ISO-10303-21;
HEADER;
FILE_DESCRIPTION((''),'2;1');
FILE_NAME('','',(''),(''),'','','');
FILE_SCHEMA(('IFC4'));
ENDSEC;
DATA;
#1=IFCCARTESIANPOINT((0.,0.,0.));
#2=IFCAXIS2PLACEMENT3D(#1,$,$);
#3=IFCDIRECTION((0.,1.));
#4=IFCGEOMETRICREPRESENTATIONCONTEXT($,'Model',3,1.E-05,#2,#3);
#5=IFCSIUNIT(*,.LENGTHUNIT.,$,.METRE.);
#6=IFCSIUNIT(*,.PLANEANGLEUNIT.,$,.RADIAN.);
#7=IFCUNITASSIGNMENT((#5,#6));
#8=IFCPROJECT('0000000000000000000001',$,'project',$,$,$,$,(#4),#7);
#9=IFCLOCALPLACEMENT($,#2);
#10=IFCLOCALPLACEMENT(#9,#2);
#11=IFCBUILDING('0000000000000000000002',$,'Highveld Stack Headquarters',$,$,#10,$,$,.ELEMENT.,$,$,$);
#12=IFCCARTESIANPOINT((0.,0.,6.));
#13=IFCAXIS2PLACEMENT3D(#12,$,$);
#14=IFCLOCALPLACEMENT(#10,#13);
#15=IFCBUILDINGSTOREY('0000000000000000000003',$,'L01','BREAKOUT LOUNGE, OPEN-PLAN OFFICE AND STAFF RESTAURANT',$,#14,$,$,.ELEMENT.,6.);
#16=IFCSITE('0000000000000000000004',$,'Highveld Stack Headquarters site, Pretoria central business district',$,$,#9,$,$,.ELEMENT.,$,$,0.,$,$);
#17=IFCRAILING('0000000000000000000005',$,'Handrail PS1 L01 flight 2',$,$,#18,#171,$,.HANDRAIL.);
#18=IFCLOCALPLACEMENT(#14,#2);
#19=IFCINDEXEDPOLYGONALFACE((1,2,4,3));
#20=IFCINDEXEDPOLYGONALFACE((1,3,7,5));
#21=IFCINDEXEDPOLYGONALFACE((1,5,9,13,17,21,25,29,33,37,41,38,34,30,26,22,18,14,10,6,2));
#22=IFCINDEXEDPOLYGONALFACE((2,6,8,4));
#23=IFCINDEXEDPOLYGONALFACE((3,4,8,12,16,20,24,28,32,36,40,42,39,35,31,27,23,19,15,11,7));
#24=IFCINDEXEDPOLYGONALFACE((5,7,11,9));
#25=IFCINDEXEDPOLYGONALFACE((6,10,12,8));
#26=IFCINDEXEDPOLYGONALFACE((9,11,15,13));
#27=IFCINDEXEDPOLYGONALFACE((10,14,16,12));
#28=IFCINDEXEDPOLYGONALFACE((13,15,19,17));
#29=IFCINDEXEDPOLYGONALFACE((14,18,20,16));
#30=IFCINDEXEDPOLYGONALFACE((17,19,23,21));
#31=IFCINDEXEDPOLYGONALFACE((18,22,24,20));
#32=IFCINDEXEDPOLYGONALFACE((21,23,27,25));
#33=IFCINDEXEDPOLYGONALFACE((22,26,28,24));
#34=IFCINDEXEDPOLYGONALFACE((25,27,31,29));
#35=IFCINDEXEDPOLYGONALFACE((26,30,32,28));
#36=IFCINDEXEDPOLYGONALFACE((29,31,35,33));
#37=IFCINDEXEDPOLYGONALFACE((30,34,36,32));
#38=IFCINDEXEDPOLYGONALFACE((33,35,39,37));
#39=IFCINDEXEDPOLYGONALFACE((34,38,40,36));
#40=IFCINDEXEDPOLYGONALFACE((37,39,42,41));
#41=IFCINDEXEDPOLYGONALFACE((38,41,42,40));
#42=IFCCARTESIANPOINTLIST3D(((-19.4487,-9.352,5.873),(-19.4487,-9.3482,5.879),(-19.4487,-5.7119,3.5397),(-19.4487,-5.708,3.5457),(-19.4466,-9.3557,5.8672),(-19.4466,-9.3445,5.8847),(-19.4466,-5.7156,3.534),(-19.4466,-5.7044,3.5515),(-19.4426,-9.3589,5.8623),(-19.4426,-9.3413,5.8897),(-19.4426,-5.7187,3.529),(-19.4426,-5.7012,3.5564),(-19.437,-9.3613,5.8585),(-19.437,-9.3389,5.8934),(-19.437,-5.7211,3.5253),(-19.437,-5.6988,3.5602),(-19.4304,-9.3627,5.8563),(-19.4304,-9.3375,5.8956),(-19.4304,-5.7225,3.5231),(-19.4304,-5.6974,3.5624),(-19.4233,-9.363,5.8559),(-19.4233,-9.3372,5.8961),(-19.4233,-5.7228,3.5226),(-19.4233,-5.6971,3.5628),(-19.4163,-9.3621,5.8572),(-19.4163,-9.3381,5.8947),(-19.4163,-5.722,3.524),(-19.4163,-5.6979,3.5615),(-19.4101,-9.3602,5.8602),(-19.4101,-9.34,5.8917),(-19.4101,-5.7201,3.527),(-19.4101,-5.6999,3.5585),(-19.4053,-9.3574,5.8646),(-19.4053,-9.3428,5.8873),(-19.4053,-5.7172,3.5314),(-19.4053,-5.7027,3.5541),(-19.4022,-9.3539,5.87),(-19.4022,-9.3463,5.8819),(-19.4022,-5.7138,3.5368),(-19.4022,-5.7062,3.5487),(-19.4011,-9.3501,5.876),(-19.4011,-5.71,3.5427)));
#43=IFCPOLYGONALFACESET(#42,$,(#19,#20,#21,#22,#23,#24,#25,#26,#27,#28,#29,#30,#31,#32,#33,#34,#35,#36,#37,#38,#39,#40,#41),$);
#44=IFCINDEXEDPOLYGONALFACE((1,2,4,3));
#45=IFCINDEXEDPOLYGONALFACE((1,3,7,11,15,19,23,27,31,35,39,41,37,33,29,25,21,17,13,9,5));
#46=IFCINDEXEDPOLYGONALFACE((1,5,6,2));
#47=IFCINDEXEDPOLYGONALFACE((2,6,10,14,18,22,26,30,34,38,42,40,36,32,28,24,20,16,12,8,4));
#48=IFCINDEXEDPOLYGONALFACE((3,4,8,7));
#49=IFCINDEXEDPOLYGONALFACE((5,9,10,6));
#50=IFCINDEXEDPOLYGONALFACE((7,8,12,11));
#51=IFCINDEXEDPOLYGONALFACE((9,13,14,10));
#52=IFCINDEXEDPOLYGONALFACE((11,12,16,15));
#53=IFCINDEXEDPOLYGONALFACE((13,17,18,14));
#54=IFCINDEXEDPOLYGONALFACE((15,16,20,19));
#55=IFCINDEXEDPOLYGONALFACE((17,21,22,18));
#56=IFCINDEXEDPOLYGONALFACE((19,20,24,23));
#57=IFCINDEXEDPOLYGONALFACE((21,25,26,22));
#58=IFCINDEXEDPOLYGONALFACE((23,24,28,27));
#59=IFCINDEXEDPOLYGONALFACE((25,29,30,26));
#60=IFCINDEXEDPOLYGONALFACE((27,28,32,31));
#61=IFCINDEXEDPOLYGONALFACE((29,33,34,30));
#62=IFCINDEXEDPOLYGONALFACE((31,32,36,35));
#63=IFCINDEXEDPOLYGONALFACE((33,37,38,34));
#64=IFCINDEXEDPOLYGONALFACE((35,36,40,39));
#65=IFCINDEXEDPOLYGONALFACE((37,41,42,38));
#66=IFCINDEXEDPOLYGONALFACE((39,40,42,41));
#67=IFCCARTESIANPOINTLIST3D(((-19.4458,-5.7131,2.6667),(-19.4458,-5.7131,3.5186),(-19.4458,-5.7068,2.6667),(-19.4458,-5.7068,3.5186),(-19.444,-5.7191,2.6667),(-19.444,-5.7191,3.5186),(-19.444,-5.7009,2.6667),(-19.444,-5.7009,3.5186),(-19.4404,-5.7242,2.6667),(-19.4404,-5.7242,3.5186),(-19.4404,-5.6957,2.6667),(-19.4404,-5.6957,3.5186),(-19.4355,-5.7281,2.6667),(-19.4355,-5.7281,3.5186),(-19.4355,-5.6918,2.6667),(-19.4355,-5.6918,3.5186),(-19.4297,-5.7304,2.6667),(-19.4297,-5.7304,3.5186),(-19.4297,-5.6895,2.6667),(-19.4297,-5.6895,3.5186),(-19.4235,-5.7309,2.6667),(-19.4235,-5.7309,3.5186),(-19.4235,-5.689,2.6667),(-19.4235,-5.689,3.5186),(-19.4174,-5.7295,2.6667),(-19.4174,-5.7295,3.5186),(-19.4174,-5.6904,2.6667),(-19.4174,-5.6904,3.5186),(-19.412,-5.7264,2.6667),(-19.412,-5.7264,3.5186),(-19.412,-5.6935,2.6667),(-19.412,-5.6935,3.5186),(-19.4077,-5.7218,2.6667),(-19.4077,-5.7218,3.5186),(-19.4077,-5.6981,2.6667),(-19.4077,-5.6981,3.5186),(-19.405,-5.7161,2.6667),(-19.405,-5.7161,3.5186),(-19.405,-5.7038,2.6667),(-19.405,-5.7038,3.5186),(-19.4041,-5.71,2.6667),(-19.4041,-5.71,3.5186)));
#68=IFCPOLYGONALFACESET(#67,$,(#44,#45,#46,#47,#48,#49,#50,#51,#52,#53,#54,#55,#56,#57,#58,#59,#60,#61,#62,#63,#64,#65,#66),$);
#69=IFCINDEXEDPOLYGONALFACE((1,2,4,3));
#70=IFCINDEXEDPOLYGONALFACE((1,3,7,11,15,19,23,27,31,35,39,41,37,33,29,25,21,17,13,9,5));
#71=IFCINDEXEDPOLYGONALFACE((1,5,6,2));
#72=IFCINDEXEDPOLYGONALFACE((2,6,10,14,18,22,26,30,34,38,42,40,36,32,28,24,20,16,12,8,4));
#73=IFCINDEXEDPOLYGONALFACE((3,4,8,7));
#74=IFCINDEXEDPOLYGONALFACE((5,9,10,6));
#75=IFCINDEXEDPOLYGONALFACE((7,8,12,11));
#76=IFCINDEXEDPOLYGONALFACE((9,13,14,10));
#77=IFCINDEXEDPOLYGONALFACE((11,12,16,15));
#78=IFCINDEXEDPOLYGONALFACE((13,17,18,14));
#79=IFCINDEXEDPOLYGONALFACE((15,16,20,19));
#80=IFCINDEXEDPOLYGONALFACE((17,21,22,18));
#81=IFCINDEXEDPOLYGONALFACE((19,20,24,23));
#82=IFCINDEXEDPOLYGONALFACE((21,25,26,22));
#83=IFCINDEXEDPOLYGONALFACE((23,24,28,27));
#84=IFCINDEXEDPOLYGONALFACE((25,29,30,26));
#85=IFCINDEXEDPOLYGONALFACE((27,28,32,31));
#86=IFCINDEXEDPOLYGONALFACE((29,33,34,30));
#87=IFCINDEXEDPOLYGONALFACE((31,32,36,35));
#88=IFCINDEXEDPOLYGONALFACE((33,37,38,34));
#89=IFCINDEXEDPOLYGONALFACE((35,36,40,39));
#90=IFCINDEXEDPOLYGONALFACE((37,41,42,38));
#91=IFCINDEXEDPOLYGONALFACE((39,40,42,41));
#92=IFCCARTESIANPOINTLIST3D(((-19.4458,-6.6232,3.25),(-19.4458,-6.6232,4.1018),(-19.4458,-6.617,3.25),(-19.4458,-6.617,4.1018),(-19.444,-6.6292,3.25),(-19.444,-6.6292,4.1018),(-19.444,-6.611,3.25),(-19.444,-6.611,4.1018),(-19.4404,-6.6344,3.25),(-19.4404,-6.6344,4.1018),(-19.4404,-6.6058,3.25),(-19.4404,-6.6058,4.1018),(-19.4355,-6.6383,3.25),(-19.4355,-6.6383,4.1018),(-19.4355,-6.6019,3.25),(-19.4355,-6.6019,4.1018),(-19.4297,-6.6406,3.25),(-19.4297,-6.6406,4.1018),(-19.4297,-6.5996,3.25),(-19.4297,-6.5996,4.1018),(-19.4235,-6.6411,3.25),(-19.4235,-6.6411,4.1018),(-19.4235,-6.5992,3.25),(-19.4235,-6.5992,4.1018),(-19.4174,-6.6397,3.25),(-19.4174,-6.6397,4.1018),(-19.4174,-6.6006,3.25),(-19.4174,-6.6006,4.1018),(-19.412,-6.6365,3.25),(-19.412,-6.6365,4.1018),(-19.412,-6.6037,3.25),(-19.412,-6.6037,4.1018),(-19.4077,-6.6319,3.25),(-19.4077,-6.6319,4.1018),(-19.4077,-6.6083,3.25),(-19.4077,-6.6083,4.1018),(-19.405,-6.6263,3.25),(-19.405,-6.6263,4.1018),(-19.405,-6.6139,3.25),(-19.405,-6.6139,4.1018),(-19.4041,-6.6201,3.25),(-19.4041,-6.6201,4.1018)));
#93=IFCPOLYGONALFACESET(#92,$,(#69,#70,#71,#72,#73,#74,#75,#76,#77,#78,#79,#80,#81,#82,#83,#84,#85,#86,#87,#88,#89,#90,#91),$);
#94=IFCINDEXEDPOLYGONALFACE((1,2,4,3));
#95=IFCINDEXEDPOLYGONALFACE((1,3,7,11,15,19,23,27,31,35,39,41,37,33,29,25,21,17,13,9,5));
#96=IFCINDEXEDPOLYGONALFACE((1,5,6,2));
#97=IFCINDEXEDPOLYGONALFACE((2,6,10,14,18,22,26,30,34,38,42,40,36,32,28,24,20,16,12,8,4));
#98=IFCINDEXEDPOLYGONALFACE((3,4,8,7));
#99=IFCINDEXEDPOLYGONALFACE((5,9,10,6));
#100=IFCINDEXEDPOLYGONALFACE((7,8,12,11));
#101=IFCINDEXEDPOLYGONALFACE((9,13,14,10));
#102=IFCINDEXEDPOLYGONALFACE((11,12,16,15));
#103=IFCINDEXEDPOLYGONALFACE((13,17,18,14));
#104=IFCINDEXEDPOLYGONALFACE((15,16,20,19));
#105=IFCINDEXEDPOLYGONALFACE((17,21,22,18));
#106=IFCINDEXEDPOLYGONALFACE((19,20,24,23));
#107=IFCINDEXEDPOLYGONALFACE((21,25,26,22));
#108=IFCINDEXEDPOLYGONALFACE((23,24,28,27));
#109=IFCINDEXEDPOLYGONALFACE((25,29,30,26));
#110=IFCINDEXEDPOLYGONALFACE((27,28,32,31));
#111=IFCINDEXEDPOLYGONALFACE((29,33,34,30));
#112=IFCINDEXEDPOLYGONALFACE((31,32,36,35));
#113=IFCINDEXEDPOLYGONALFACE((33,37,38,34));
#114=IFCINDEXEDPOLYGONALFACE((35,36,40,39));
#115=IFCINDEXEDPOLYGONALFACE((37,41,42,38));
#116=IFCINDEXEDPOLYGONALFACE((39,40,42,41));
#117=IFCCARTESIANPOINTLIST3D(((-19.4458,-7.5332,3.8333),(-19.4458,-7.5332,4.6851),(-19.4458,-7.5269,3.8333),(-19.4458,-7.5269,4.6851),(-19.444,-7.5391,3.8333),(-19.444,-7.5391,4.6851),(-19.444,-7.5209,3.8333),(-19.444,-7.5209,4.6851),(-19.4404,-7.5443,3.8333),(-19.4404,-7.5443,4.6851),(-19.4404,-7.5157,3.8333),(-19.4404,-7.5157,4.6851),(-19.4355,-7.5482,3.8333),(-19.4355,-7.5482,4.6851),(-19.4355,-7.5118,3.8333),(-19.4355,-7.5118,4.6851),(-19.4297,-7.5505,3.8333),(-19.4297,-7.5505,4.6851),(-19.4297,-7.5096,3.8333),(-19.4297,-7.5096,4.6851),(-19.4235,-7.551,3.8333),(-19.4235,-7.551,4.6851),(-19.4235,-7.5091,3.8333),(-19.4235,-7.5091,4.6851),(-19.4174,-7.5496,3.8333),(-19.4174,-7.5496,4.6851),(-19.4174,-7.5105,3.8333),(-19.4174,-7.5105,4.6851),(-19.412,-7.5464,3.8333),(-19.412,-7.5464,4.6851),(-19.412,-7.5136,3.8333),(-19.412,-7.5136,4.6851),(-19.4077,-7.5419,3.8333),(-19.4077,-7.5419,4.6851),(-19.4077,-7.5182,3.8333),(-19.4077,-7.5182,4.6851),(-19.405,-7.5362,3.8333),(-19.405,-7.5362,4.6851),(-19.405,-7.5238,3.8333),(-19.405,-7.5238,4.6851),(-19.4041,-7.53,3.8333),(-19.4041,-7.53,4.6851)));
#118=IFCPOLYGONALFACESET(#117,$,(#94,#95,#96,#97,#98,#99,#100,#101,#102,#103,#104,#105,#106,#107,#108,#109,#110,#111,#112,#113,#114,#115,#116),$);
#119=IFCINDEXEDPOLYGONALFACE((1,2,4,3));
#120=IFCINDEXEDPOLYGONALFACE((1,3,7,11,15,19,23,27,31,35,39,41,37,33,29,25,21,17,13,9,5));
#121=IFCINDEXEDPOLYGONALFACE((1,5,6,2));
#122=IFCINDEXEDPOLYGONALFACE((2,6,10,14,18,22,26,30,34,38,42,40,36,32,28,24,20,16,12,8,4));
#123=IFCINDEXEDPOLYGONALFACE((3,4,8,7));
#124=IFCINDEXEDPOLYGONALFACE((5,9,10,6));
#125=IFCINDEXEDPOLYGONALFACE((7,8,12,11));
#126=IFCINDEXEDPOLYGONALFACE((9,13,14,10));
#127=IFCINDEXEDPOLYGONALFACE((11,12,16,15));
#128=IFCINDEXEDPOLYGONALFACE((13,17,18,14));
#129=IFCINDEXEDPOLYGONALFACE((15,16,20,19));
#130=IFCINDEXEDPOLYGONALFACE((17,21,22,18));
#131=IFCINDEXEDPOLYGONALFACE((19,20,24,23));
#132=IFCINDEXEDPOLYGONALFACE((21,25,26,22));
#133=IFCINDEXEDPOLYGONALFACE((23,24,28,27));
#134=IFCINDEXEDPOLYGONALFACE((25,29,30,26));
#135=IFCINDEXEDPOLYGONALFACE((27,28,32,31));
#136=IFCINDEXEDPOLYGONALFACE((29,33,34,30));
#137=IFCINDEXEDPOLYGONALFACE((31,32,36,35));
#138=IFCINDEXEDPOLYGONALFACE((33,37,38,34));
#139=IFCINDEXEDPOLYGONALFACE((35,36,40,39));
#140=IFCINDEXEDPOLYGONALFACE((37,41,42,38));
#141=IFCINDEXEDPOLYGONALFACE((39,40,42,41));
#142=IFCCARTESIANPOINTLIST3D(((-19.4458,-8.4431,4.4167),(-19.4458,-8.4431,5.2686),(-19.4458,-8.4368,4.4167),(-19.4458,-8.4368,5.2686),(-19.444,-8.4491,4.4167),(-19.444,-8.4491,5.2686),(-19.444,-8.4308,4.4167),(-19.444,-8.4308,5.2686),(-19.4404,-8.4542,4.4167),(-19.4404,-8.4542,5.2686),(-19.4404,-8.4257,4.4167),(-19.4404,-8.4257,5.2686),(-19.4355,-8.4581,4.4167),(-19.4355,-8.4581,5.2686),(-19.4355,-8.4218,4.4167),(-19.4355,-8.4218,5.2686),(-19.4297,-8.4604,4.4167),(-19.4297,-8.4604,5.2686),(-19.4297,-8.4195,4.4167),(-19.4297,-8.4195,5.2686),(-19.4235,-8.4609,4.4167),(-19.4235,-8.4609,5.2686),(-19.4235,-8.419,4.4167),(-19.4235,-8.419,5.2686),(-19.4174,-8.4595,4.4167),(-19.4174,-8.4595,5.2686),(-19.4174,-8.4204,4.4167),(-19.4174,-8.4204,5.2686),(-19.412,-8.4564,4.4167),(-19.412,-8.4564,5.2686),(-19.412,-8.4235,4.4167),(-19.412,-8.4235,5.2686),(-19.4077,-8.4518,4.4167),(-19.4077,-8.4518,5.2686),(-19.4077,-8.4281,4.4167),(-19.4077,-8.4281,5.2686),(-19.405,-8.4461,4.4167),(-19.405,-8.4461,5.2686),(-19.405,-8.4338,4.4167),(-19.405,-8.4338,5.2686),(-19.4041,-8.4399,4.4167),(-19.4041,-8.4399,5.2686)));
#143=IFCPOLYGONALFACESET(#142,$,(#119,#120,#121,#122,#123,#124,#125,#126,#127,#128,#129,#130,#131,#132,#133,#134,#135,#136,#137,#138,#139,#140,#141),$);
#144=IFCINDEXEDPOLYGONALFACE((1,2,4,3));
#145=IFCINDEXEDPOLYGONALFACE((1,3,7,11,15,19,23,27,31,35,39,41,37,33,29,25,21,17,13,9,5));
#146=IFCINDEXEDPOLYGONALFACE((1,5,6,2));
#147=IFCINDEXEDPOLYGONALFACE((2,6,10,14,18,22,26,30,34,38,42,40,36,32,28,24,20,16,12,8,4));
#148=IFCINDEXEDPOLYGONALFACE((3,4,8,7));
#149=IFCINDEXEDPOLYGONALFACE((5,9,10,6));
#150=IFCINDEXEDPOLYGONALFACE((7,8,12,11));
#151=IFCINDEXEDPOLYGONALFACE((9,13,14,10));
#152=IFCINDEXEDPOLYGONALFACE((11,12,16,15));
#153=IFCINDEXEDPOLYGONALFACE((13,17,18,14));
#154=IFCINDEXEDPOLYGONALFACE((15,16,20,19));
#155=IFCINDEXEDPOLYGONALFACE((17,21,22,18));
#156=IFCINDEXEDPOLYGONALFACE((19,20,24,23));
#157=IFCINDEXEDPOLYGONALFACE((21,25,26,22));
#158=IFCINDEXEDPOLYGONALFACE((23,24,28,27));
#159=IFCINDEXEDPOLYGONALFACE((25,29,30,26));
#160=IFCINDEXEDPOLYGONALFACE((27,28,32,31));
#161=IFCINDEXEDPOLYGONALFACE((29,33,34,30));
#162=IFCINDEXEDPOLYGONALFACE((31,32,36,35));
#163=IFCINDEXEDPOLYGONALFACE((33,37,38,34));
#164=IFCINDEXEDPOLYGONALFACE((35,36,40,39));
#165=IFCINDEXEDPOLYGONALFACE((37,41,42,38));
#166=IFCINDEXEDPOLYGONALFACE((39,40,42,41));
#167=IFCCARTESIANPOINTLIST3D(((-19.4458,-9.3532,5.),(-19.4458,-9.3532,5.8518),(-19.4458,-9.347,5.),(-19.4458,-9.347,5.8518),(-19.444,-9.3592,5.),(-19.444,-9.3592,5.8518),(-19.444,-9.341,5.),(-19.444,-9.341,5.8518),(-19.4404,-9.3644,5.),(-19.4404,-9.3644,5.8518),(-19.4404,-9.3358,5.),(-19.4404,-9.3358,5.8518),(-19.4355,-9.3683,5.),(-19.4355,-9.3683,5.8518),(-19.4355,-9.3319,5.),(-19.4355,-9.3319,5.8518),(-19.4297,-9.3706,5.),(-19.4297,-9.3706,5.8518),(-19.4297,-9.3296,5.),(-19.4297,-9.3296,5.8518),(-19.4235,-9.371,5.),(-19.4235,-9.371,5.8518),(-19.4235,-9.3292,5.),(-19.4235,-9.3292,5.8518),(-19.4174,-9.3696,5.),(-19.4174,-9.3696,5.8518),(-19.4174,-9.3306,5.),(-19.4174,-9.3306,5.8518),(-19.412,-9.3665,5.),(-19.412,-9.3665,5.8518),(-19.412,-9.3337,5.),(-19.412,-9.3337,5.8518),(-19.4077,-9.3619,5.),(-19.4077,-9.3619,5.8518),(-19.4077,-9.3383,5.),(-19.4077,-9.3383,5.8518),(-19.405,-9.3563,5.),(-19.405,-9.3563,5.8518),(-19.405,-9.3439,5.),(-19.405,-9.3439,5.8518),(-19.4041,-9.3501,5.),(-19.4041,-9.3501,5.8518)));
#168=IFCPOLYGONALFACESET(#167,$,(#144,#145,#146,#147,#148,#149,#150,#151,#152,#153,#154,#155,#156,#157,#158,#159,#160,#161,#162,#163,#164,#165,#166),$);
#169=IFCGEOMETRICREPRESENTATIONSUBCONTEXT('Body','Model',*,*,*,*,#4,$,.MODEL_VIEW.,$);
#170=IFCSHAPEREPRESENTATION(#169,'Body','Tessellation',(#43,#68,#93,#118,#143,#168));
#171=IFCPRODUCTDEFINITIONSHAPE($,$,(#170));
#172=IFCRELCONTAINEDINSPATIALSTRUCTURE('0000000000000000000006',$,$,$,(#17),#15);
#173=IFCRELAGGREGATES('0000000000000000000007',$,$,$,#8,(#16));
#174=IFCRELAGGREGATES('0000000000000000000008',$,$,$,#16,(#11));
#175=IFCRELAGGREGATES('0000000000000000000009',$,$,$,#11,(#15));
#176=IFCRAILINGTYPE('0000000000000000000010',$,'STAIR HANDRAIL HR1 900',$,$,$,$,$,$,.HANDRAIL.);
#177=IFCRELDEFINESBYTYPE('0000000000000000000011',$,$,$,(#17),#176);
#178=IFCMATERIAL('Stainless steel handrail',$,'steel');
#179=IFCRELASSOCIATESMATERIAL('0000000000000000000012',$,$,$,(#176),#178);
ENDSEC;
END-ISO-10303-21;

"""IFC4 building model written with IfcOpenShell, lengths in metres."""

from ifc_helpers import new_model, si_unit, direction, frame, origin, origin_2d, place, context, subcontext, project, spatial, circle, extrude, material, type_object, element, save


model = new_model("IFC4")

# Units and contexts
model_context = context("Model", 3, precision=1e-05, world=origin(), true_north=direction((0.0, 1.0)))
body_context = subcontext(model_context, "Body", "Model", "MODEL_VIEW")
ifc_project = project(units=[si_unit("LENGTHUNIT", "METRE"), si_unit("PLANEANGLEUNIT", "RADIAN")], contexts=[model_context])

# Site, building, storey
site_placement = place(None, origin())
site = spatial("IfcSite", under=ifc_project, at=site_placement, Name="Highveld Stack Headquarters site, Pretoria central business district", CompositionType="ELEMENT", RefElevation=0.0)
building_placement = place(site_placement, origin())
building = spatial("IfcBuilding", under=site, at=building_placement, Name="Highveld Stack Headquarters", CompositionType="ELEMENT")
storey_placement = place(building_placement, frame((0.0, 0.0, 6.0)))
storey = spatial("IfcBuildingStorey", under=building, at=storey_placement, Name="L01", Description="BREAKOUT LOUNGE, OPEN-PLAN OFFICE AND STAFF RESTAURANT", CompositionType="ELEMENT", Elevation=6.0)

# Railing
ifc_material_1 = material(Name="Stainless steel handrail", Category="steel")
railing_type = type_object("IfcRailingType", Name="STAIR HANDRAIL HR1 900", PredefinedType="HANDRAIL", material=ifc_material_1)
for number, where, name in (
    (1, (-19.425, -5.71, 2.6667), "Handrail PS1 L01 flight 2"),
):
    element("IfcRailing", number, at=place(storey_placement, frame(where)), inside=storey, type_object=railing_type, Name=name, PredefinedType="HANDRAIL", context=body_context, shape_type="SweptSolid", body=[
        extrude(circle(Radius=0.0239, at=origin_2d()), frame((0.0, 0.0, 0.876), z_axis=(0.0, -0.841897, 0.539638), x_axis=(1.0, 0.0, 0.0)), (0.0, 0.0, 1.0), 4.3237),
        extrude(circle(Radius=0.021, at=origin_2d()), origin(), (0.0, 0.0, 1.0), 0.8518),
        extrude(circle(Radius=0.021, at=origin_2d()), frame((0.0, -0.9102, 0.5833)), (0.0, 0.0, 1.0), 0.8518),
        extrude(circle(Radius=0.021, at=origin_2d()), frame((0.0, -1.8201, 1.1665)), (0.0, 0.0, 1.0), 0.8518),
        extrude(circle(Radius=0.021, at=origin_2d()), frame((0.0, -2.73, 1.75)), (0.0, 0.0, 1.0), 0.8518),
        extrude(circle(Radius=0.021, at=origin_2d()), frame((0.0, -3.6401, 2.3333)), (0.0, 0.0, 1.0), 0.8518),
    ])

save(model, "model.ifc")
